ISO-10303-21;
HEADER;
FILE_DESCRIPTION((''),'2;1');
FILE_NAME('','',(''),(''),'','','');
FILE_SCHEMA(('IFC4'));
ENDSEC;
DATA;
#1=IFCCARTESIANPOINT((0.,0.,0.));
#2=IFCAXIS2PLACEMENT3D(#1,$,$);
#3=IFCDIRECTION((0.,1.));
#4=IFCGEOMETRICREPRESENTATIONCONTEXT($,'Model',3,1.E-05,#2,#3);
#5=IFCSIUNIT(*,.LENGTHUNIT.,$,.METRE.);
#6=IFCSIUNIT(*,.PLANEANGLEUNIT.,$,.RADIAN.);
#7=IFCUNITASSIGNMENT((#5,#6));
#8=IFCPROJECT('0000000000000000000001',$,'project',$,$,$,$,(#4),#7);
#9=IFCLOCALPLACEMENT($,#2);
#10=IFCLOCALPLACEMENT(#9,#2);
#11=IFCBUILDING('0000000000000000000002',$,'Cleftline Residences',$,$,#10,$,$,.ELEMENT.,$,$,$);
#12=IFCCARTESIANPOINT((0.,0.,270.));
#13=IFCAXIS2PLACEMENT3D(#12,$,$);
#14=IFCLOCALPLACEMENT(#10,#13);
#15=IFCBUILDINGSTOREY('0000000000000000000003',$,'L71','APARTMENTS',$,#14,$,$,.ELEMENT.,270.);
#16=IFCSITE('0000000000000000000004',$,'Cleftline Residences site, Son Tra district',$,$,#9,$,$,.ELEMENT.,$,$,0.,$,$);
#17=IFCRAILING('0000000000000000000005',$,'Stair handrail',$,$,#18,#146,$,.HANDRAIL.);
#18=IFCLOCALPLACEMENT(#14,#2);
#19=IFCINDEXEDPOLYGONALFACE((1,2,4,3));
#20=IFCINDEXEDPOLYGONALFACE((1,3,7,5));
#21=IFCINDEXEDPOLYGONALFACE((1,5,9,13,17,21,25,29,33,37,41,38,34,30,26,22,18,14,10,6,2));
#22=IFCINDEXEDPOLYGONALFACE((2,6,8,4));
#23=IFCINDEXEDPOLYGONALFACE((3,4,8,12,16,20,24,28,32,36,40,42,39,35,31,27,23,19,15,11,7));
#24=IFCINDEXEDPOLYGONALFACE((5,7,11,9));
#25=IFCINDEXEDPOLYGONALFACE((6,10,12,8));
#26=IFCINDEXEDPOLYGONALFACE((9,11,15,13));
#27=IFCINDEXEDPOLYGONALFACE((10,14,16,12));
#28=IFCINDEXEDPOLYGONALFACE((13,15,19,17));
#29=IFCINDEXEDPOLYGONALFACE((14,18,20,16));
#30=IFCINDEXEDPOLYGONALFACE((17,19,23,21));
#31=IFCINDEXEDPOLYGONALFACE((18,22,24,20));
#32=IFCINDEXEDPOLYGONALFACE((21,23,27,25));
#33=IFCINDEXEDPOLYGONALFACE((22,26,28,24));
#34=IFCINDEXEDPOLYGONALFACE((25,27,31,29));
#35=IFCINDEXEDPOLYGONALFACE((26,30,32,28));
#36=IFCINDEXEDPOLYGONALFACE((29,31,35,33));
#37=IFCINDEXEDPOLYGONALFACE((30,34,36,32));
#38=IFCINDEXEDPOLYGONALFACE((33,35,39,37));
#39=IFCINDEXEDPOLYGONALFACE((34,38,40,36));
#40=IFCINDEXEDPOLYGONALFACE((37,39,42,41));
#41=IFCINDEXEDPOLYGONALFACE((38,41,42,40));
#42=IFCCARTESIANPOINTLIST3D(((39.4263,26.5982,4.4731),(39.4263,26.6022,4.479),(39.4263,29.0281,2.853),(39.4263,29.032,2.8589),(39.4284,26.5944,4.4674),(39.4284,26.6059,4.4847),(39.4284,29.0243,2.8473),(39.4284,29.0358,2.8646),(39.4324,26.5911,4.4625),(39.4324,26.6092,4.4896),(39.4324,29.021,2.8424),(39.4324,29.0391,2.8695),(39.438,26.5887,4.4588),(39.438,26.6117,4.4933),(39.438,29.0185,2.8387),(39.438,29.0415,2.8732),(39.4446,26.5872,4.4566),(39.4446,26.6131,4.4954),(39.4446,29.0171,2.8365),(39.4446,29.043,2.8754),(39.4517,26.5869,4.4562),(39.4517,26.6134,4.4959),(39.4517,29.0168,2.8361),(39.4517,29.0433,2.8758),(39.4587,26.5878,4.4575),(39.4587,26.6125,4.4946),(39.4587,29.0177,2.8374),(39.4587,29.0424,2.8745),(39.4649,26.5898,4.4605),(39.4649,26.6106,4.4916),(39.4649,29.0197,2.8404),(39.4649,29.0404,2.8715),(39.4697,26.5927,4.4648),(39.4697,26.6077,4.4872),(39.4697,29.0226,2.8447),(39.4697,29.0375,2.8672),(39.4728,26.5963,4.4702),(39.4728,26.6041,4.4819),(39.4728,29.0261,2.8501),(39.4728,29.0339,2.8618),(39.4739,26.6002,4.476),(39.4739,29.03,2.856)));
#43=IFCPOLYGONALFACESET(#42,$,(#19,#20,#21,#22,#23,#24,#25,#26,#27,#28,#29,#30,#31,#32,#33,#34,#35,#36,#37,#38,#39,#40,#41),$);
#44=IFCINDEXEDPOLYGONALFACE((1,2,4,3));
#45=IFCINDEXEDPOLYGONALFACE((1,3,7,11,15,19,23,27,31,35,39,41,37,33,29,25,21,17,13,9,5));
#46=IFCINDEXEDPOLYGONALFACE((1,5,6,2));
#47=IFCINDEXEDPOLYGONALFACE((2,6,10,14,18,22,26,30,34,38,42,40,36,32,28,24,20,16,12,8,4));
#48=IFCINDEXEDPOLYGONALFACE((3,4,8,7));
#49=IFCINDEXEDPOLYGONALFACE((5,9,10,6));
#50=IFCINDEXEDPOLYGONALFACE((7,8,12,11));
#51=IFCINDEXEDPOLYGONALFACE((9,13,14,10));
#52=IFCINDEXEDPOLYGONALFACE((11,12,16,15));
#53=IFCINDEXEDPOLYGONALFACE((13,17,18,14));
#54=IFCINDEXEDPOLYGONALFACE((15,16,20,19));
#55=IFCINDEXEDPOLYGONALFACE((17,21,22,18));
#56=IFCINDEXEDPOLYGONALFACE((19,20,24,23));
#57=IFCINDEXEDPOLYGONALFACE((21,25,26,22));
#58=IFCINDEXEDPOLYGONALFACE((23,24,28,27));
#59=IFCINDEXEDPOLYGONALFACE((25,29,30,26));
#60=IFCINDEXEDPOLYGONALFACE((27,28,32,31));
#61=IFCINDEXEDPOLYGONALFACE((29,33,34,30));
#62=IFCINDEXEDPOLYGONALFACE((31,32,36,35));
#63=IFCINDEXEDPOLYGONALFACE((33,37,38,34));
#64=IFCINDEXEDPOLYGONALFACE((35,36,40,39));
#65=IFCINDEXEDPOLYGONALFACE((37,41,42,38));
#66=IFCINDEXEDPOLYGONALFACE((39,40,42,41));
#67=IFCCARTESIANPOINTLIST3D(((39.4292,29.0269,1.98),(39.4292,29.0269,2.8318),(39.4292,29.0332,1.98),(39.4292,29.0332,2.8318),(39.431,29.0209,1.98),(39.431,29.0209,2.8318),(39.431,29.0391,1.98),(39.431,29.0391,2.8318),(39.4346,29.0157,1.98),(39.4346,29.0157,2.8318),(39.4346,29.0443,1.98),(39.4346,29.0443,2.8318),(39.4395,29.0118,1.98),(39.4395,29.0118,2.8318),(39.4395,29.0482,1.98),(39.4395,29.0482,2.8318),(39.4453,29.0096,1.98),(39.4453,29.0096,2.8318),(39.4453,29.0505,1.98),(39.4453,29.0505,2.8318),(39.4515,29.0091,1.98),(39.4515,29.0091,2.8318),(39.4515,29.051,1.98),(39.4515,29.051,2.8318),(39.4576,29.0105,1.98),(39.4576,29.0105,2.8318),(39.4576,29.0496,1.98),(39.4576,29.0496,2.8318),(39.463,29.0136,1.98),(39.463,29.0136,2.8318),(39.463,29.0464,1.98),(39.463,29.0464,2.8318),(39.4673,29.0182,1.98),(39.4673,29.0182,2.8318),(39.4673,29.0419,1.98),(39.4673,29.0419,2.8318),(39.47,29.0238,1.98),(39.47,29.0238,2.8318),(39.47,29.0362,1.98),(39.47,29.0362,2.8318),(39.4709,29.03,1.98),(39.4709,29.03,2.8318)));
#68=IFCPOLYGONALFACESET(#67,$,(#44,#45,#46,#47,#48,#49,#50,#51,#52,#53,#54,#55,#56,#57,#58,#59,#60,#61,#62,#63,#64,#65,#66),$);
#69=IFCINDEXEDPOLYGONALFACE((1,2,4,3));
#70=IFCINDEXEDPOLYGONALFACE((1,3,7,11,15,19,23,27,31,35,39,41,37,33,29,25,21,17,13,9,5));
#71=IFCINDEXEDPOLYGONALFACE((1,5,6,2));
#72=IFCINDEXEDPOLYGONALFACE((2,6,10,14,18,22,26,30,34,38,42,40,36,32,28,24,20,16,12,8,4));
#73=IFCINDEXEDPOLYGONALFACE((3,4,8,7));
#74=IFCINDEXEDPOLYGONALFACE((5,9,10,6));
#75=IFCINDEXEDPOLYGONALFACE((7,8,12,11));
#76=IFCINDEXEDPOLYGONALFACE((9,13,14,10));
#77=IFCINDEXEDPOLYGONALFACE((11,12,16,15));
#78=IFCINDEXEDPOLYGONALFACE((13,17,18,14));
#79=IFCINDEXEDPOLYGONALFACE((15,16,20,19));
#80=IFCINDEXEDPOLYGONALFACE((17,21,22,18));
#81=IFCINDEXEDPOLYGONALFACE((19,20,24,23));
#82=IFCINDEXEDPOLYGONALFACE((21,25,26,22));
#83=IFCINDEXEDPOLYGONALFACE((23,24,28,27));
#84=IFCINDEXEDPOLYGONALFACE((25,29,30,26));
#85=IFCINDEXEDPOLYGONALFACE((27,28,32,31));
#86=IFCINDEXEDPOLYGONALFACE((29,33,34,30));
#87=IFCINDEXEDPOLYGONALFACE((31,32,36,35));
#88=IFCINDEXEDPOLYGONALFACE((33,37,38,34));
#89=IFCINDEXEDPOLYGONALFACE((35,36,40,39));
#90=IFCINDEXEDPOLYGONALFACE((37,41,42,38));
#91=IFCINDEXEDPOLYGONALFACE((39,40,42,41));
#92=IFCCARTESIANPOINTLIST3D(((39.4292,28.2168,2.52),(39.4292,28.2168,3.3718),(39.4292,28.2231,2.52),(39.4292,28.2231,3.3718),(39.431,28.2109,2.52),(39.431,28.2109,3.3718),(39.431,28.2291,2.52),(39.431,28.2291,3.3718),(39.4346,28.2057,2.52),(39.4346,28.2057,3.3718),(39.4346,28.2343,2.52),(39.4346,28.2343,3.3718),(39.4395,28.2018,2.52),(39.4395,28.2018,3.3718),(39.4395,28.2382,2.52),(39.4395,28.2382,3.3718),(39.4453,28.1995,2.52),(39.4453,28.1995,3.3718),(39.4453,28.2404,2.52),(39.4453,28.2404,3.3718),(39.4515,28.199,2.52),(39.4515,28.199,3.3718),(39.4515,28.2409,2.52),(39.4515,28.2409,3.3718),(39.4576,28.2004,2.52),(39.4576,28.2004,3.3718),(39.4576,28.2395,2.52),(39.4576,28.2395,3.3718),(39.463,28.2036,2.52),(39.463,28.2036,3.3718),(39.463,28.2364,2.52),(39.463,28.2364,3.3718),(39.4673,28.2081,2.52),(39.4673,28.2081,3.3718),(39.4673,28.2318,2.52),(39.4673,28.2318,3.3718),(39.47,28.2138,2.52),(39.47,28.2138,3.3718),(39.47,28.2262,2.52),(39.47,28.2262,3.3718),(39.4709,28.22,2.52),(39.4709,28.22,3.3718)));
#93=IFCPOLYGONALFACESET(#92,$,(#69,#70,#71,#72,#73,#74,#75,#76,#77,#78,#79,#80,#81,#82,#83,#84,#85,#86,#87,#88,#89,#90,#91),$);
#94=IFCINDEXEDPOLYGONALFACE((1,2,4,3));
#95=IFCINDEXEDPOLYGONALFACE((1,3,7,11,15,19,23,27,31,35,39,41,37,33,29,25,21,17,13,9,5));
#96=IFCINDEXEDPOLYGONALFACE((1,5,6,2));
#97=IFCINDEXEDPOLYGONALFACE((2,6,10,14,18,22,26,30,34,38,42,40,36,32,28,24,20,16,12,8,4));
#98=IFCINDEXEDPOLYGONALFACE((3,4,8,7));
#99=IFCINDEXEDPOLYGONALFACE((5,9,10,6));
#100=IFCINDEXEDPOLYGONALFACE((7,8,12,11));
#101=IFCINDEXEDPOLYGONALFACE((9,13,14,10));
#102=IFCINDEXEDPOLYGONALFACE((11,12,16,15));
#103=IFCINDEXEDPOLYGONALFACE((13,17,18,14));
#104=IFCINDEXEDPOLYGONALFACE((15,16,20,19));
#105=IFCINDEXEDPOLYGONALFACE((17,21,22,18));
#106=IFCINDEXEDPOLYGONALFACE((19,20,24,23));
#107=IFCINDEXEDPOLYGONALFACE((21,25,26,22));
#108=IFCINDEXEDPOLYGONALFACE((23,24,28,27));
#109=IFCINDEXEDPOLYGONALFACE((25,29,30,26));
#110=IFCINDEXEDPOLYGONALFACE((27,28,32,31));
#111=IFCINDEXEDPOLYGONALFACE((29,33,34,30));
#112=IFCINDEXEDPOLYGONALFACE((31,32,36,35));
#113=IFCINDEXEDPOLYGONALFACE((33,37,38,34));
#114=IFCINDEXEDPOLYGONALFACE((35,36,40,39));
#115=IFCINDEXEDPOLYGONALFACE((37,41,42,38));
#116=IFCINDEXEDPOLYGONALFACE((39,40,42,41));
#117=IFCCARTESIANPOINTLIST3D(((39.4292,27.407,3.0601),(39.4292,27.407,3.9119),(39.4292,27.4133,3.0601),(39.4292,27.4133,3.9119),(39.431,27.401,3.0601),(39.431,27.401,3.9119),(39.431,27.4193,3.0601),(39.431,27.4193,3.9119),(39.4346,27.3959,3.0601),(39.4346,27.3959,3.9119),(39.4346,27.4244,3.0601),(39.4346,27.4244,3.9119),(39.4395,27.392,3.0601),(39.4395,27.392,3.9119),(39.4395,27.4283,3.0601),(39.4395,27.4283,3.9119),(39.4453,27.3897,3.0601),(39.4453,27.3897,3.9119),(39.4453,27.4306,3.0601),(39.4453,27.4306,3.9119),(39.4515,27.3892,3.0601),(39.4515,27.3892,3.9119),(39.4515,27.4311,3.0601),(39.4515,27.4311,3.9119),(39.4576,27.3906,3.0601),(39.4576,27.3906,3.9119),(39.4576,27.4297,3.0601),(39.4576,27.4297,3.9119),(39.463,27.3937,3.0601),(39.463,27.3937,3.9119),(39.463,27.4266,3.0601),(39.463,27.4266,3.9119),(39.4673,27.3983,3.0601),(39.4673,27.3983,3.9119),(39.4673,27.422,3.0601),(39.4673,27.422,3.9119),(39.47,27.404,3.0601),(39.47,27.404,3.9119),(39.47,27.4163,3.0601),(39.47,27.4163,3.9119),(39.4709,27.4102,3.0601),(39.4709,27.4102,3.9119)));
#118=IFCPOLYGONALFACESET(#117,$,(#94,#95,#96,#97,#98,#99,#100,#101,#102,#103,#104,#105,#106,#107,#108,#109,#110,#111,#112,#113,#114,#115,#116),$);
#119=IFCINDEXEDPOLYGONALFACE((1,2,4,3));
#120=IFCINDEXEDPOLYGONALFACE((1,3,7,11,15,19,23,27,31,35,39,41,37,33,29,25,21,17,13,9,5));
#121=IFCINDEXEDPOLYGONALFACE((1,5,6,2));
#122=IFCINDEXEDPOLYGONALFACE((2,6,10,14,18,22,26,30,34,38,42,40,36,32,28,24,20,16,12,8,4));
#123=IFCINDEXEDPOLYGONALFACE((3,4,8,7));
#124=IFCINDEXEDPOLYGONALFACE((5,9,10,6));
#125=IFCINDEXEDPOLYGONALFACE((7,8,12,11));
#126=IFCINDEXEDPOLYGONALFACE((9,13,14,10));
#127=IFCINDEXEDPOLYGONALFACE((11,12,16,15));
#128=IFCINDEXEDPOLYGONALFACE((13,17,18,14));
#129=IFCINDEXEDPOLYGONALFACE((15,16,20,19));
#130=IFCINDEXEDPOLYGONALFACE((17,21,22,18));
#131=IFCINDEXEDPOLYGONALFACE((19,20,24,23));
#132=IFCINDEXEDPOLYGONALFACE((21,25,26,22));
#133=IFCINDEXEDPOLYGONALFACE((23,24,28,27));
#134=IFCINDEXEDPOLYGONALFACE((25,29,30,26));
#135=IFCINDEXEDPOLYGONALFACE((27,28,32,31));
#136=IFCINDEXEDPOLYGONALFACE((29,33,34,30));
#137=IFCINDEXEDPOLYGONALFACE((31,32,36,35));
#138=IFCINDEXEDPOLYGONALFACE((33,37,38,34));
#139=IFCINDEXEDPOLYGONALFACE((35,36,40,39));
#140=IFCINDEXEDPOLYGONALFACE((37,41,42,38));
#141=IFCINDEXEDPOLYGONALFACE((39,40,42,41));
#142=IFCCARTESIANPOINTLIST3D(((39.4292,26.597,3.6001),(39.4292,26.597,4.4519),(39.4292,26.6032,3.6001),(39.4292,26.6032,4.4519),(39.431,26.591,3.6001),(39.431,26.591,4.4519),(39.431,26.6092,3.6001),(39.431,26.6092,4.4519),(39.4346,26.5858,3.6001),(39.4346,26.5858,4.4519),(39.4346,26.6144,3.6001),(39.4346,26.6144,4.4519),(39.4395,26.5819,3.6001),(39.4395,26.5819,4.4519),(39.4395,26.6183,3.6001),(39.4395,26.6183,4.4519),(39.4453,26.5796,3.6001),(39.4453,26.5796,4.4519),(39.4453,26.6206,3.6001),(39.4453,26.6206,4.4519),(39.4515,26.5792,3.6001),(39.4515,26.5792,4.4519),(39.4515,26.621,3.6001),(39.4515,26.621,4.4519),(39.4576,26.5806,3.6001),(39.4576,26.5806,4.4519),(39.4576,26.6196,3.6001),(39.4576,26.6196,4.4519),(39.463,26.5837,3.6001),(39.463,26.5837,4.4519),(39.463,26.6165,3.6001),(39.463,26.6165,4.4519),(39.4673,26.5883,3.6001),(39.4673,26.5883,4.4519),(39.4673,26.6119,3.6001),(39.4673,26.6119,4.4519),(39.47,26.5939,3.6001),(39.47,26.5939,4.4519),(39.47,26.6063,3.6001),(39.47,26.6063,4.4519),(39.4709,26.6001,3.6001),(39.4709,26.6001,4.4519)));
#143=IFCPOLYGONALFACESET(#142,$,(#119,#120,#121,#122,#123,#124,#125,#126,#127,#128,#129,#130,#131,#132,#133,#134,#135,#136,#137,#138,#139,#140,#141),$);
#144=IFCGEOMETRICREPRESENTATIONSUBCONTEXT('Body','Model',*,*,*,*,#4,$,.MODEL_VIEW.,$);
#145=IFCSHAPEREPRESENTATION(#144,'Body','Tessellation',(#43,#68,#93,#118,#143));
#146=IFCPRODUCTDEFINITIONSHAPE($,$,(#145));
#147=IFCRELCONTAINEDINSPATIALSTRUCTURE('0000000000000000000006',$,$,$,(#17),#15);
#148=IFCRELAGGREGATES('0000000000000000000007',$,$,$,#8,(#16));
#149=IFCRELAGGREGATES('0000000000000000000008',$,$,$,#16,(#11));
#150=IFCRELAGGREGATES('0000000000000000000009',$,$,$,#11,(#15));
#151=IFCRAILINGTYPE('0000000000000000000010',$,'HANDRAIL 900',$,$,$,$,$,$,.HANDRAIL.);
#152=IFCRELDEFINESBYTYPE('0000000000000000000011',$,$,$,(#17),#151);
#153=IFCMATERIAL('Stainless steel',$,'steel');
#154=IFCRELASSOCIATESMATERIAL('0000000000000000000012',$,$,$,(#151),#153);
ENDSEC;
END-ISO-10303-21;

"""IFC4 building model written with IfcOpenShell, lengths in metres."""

from ifc_helpers import new_model, si_unit, direction, frame, origin, origin_2d, place, context, subcontext, project, spatial, circle, extrude, material, type_object, element, save


model = new_model("IFC4")

# Units and contexts
model_context = context("Model", 3, precision=1e-05, world=origin(), true_north=direction((0.0, 1.0)))
body_context = subcontext(model_context, "Body", "Model", "MODEL_VIEW")
ifc_project = project(units=[si_unit("LENGTHUNIT", "METRE"), si_unit("PLANEANGLEUNIT", "RADIAN")], contexts=[model_context])

# Site, building, storey
site_placement = place(None, origin())
site = spatial("IfcSite", under=ifc_project, at=site_placement, Name="Cleftline Residences site, Son Tra district", CompositionType="ELEMENT", RefElevation=0.0)
building_placement = place(site_placement, origin())
building = spatial("IfcBuilding", under=site, at=building_placement, Name="Cleftline Residences", CompositionType="ELEMENT")
storey_placement = place(building_placement, frame((0.0, 0.0, 270.0)))
storey = spatial("IfcBuildingStorey", under=building, at=storey_placement, Name="L71", Description="APARTMENTS", CompositionType="ELEMENT", Elevation=270.0)

# Railing
ifc_material_1 = material(Name="Stainless steel", Category="steel")
railing_type = type_object("IfcRailingType", Name="HANDRAIL 900", PredefinedType="HANDRAIL", material=ifc_material_1)
railing_1_placement = place(storey_placement, frame((39.45, 29.03, 1.98)))
element("IfcRailing", 1, at=railing_1_placement, inside=storey, type_object=railing_type, Name="Stair handrail", PredefinedType="HANDRAIL", context=body_context, shape_type="SweptSolid", body=[
    extrude(circle(Radius=0.0239, at=origin_2d()), frame((0.0, 0.0, 0.876), z_axis=(0.0, -0.832025, 0.554739), x_axis=(1.0, 0.0, 0.0)), (0.0, 0.0, 1.0), 2.9204),
    extrude(circle(Radius=0.021, at=origin_2d()), origin(), (0.0, 0.0, 1.0), 0.8518),
    extrude(circle(Radius=0.021, at=origin_2d()), frame((0.0, -0.8101, 0.54)), (0.0, 0.0, 1.0), 0.8518),
    extrude(circle(Radius=0.021, at=origin_2d()), frame((0.0, -1.6199, 1.0801)), (0.0, 0.0, 1.0), 0.8518),
    extrude(circle(Radius=0.021, at=origin_2d()), frame((0.0, -2.4299, 1.6201)), (0.0, 0.0, 1.0), 0.8518),
])

save(model, "model.ifc")
